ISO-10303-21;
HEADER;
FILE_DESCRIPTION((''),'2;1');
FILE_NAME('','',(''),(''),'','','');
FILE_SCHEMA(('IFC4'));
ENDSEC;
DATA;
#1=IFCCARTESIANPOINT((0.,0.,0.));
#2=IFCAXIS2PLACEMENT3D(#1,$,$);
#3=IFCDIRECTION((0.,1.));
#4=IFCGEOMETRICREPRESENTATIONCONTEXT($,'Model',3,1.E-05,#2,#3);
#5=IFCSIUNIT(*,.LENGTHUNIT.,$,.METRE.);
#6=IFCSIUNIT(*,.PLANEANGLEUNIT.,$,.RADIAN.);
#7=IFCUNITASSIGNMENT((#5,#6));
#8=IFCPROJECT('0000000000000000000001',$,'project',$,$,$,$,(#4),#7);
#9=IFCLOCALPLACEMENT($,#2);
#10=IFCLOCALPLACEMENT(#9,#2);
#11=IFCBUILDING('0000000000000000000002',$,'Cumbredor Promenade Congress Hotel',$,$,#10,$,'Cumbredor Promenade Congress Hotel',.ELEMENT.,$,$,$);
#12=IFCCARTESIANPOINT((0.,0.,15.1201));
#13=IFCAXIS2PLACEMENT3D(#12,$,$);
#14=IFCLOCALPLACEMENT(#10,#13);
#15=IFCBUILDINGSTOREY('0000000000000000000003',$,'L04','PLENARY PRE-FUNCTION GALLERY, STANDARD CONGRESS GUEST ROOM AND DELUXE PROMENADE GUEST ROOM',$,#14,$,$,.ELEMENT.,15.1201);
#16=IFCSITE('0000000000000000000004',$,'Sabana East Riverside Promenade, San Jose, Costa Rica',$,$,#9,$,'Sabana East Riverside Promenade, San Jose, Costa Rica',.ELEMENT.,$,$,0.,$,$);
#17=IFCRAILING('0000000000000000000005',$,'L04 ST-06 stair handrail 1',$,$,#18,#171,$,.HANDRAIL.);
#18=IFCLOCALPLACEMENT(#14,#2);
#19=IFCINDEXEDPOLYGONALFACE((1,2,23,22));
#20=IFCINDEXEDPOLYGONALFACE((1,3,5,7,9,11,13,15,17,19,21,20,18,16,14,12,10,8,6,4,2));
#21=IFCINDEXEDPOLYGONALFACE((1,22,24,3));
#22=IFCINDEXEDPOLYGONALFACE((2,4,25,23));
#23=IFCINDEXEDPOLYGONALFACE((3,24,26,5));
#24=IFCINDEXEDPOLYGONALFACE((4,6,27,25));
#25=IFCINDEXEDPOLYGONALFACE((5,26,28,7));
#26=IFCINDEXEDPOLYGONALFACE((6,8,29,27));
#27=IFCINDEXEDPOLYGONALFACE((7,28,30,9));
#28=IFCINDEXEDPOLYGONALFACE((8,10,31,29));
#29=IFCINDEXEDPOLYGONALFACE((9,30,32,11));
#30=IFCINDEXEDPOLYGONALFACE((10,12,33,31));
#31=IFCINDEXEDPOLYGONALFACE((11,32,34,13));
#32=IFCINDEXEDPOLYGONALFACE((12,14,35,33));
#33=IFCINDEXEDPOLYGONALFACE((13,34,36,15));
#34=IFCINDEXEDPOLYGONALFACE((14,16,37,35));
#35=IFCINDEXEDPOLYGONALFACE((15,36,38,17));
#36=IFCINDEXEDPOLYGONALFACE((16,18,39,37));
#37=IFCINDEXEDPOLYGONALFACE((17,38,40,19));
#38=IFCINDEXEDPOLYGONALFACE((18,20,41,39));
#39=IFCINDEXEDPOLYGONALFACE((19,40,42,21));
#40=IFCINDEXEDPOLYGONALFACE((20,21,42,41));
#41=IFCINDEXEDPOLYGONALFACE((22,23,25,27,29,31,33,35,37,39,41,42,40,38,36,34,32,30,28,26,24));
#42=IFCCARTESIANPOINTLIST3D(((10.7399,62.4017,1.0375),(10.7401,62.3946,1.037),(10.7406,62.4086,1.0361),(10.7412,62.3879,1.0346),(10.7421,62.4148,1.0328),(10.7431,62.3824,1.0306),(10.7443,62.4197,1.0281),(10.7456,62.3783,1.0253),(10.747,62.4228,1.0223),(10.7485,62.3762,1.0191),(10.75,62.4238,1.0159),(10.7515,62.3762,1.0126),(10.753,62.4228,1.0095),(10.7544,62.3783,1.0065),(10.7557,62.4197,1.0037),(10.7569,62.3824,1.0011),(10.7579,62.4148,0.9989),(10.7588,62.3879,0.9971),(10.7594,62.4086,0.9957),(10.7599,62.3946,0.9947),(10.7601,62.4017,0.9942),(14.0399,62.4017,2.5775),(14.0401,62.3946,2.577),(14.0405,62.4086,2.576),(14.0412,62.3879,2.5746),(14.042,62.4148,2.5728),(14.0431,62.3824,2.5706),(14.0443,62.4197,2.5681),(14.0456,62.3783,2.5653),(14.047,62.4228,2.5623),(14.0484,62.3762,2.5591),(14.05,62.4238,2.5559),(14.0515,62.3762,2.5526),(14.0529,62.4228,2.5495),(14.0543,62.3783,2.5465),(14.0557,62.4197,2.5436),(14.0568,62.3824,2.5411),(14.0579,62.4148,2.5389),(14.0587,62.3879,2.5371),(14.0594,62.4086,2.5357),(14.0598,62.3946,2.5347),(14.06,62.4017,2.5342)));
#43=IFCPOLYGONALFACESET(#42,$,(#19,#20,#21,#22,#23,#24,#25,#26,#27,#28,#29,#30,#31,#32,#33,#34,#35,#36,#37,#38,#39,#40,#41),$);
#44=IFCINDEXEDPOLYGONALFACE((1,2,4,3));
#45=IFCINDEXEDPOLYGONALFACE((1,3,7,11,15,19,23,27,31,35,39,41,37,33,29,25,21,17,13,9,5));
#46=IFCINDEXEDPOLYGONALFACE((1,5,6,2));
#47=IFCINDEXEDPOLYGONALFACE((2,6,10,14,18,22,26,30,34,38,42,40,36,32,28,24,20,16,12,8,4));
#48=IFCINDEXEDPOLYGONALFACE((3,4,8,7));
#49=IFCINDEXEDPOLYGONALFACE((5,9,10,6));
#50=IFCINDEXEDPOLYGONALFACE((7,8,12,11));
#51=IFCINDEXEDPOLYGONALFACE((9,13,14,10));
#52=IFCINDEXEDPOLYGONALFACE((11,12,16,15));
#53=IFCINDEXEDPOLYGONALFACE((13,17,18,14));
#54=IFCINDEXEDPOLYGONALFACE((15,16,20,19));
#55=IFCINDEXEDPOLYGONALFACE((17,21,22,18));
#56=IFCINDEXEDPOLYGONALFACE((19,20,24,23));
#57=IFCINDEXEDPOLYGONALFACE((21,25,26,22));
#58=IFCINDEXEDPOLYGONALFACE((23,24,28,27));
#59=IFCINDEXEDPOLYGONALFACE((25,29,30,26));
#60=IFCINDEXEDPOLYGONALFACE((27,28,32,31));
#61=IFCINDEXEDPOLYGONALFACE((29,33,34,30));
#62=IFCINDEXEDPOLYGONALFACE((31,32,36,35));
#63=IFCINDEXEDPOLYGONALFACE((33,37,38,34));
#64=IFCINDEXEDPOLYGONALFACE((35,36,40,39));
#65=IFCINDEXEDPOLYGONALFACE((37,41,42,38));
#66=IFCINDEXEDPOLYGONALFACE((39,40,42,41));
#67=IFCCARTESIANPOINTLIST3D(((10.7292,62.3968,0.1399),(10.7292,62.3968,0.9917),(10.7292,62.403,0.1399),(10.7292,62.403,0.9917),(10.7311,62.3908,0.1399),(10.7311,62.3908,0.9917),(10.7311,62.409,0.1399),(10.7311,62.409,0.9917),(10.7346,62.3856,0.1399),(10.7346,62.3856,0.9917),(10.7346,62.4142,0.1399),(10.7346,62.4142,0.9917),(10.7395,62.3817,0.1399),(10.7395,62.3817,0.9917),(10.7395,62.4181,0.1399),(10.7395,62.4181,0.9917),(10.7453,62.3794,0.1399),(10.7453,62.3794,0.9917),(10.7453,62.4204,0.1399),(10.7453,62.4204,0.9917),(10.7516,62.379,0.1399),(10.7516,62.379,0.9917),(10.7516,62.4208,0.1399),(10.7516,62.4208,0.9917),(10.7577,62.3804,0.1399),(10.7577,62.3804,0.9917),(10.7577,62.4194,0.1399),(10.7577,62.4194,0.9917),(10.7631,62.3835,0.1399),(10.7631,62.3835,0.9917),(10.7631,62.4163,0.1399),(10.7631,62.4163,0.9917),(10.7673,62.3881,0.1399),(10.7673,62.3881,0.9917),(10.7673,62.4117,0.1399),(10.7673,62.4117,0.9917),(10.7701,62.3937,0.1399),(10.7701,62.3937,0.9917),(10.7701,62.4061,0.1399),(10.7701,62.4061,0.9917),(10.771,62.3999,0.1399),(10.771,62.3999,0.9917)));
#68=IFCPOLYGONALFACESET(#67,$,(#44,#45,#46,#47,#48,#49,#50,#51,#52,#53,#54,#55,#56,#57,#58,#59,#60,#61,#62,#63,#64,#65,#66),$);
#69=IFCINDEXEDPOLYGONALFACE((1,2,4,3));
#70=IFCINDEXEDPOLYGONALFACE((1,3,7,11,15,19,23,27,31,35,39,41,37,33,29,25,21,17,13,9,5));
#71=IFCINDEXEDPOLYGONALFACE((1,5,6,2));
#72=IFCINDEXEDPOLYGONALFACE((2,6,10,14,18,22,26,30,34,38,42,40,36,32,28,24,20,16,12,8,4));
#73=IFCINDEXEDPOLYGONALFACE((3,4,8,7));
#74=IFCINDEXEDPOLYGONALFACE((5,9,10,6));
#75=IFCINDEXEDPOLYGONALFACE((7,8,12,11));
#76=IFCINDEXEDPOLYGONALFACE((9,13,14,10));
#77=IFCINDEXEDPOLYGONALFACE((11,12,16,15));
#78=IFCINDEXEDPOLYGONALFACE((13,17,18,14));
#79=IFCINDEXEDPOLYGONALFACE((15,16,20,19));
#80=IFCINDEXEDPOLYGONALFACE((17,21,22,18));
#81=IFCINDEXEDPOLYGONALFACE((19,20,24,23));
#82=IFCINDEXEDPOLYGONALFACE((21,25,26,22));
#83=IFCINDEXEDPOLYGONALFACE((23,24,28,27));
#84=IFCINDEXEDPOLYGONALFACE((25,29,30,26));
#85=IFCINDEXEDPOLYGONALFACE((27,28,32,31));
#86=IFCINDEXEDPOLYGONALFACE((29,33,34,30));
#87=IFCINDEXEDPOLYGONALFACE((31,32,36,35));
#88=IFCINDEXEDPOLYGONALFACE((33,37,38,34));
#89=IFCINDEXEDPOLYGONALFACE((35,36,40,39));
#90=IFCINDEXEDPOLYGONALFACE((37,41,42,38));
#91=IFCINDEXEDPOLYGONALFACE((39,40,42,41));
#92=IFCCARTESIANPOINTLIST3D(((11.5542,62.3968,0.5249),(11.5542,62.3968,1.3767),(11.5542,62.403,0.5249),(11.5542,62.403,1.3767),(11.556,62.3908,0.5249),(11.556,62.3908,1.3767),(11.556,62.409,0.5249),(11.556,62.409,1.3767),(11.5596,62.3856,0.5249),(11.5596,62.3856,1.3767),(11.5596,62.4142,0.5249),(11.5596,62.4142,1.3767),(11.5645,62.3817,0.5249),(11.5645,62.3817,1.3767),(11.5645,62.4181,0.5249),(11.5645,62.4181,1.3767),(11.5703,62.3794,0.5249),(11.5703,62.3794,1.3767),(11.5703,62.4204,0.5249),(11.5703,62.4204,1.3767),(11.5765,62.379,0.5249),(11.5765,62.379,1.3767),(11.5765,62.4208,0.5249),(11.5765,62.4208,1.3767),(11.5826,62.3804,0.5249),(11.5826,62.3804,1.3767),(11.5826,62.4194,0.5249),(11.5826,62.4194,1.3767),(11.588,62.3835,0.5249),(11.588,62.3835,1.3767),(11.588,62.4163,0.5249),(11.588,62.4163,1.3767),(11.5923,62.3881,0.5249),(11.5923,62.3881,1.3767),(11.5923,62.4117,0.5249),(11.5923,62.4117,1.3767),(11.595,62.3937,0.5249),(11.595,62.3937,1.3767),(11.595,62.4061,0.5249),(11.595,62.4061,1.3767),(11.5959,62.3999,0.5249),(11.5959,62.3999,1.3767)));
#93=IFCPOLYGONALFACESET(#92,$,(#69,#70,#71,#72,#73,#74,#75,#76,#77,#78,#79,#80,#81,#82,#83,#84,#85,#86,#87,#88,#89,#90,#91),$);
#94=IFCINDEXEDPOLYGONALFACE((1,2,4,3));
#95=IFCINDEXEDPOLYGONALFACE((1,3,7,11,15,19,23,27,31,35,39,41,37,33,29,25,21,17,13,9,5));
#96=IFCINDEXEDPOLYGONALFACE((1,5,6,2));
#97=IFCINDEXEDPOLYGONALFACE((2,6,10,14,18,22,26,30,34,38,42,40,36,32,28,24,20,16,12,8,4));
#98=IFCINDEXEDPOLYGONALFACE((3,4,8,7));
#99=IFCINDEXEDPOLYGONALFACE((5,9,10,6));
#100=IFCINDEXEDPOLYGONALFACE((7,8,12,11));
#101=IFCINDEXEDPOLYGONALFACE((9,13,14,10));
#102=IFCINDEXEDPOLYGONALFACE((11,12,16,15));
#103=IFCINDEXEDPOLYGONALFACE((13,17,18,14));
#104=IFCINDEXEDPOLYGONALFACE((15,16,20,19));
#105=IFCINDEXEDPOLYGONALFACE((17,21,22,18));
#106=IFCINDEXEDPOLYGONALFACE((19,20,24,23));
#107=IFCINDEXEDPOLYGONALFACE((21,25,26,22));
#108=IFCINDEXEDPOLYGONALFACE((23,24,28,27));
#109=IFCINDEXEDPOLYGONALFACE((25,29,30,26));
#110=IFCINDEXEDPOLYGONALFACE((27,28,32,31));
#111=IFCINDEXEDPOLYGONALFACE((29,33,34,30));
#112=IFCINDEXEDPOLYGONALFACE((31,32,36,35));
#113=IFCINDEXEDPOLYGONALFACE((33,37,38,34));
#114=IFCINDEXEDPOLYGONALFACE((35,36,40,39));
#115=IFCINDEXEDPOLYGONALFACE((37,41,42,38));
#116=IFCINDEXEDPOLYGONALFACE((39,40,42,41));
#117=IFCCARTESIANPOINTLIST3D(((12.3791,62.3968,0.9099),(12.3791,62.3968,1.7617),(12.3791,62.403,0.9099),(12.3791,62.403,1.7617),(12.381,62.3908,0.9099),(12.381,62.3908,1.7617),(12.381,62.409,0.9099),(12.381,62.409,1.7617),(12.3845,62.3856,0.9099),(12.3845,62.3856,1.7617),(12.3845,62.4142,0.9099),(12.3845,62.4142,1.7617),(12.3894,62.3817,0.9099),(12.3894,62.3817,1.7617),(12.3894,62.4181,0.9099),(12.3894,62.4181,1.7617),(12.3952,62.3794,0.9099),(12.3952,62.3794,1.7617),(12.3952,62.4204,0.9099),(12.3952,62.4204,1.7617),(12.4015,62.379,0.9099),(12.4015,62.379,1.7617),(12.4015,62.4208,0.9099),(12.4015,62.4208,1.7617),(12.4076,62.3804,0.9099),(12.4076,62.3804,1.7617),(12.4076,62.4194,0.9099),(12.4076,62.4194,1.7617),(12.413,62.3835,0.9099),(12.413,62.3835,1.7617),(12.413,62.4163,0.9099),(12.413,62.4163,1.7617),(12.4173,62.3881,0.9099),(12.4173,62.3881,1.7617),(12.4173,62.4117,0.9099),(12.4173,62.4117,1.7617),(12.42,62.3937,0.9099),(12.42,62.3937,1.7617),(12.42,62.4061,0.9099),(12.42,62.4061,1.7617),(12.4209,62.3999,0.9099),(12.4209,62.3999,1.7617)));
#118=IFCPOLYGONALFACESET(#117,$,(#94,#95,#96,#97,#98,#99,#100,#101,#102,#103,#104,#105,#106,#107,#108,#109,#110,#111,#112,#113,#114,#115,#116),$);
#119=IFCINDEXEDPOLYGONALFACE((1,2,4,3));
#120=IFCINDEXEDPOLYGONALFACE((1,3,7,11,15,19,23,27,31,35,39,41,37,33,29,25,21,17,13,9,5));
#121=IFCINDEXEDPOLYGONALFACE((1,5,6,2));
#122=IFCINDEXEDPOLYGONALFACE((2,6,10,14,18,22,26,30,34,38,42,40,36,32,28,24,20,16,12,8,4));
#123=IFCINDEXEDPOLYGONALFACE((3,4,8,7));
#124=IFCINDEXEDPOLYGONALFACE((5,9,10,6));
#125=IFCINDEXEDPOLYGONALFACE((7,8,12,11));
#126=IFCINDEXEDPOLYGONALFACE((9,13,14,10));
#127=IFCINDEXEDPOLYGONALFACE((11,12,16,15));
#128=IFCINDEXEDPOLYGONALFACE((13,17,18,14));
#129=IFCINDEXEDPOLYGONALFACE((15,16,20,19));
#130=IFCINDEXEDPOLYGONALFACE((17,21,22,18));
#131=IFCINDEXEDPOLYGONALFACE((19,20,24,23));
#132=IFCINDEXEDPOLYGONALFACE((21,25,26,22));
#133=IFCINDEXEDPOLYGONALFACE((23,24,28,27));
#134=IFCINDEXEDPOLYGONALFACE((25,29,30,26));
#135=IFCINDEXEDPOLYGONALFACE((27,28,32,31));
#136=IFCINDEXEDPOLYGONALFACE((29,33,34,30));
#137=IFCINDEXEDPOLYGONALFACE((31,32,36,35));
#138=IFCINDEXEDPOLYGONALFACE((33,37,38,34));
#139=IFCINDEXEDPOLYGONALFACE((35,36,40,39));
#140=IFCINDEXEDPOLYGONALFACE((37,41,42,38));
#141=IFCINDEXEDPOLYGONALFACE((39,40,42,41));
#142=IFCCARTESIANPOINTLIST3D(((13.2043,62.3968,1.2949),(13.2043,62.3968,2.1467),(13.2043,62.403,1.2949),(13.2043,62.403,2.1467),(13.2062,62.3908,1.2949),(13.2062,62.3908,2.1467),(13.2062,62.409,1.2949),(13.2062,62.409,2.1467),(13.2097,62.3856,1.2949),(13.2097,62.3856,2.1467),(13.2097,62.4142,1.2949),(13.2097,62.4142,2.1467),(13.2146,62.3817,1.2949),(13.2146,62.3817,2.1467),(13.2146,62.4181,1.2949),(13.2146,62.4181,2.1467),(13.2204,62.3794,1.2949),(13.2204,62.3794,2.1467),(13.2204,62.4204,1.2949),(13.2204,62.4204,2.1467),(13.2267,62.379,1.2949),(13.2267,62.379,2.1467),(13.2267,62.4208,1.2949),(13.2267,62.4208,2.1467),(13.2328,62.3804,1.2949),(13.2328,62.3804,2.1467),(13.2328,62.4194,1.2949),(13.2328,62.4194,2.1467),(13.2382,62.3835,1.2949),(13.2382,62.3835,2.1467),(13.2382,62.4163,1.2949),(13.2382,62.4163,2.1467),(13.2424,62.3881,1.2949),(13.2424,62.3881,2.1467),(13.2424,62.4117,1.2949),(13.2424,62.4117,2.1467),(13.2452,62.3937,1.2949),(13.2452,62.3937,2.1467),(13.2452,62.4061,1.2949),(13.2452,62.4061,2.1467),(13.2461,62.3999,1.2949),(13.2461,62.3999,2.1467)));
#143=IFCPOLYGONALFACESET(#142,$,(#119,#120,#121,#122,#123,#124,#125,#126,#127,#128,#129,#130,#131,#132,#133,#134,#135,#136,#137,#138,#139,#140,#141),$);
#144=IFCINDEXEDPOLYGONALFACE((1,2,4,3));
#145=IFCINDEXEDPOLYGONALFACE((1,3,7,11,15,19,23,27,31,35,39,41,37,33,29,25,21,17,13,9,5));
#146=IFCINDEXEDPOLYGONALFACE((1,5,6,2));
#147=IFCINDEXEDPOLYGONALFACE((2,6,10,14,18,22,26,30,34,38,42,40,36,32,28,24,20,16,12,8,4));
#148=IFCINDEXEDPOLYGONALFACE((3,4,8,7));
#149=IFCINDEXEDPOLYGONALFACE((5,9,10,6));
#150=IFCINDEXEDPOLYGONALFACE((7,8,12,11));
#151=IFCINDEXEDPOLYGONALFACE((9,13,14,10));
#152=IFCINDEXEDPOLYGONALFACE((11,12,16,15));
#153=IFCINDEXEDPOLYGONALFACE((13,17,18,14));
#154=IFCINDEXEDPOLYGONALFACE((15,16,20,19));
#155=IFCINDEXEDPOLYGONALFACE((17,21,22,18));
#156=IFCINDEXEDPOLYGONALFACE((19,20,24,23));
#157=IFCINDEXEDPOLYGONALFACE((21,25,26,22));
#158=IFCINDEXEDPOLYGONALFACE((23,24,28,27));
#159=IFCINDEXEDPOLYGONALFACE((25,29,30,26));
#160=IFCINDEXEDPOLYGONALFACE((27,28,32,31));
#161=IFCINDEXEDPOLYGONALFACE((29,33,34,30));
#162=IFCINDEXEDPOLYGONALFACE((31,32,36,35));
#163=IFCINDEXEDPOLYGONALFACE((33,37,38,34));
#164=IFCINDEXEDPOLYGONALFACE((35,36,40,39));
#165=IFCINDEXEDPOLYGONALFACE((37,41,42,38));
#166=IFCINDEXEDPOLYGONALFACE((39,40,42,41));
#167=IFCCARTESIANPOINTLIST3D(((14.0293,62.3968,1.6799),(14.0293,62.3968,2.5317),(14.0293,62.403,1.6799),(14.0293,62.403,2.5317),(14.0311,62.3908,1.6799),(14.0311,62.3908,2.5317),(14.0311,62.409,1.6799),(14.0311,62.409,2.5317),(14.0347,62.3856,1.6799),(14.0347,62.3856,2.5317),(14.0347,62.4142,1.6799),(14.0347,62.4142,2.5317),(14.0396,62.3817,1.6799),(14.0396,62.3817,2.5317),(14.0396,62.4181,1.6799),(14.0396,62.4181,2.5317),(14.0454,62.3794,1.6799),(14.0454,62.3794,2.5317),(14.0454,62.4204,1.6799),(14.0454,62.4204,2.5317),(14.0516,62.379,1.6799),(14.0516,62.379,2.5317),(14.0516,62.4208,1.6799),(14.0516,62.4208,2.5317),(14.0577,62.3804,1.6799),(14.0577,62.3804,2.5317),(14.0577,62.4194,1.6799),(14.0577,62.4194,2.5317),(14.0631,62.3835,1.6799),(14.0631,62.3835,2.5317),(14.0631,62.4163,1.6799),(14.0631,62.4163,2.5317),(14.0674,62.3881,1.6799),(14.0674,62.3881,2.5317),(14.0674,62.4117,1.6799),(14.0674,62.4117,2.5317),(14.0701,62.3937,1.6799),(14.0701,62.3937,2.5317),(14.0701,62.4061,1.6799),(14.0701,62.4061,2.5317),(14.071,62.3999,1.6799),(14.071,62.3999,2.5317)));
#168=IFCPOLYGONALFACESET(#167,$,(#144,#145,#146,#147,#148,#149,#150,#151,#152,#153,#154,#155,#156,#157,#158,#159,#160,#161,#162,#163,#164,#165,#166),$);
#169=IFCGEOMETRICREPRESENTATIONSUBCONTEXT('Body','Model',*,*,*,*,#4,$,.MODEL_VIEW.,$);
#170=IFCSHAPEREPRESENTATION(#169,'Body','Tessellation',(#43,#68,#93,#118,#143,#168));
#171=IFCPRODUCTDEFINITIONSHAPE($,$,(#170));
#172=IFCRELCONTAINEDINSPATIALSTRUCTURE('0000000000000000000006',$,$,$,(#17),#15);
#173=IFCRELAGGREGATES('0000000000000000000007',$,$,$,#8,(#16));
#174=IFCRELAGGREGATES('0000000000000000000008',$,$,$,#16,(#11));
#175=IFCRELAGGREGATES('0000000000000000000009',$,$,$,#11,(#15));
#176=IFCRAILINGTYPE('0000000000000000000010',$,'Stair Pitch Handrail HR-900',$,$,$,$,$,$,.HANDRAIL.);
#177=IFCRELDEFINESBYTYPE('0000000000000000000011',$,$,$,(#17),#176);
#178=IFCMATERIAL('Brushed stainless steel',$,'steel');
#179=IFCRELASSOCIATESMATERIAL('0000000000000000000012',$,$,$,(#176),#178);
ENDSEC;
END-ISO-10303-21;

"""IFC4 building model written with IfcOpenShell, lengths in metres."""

from ifc_helpers import new_model, si_unit, direction, frame, origin, origin_2d, place, context, subcontext, project, spatial, circle, extrude, material, type_object, element, save


model = new_model("IFC4")

# Units and contexts
model_context = context("Model", 3, precision=1e-05, world=origin(), true_north=direction((0.0, 1.0)))
body_context = subcontext(model_context, "Body", "Model", "MODEL_VIEW")
ifc_project = project(units=[si_unit("LENGTHUNIT", "METRE"), si_unit("PLANEANGLEUNIT", "RADIAN")], contexts=[model_context])

# Site, building, storey
site_placement = place(None, origin())
site = spatial("IfcSite", under=ifc_project, at=site_placement, Name="Sabana East Riverside Promenade, San Jose, Costa Rica", LongName="Sabana East Riverside Promenade, San Jose, Costa Rica", CompositionType="ELEMENT", RefElevation=0.0)
building_placement = place(site_placement, origin())
building = spatial("IfcBuilding", under=site, at=building_placement, Name="Cumbredor Promenade Congress Hotel", LongName="Cumbredor Promenade Congress Hotel", CompositionType="ELEMENT")
storey_placement = place(building_placement, frame((0.0, 0.0, 15.1201)))
storey = spatial("IfcBuildingStorey", under=building, at=storey_placement, Name="L04", Description="PLENARY PRE-FUNCTION GALLERY, STANDARD CONGRESS GUEST ROOM AND DELUXE PROMENADE GUEST ROOM", CompositionType="ELEMENT", Elevation=15.1201)

# Shared definitions
ifc_material_1 = material(Name="Brushed stainless steel", Category="steel")

# Railing
railing_type_1 = type_object("IfcRailingType", Name="Stair Pitch Handrail HR-900", PredefinedType="HANDRAIL", material=ifc_material_1)
railing_1_placement = place(storey_placement, frame((10.75, 62.3999, 0.1399)))
element("IfcRailing", 1, at=railing_1_placement, inside=storey, type_object=railing_type_1, Name="L04 ST-06 stair handrail 1", PredefinedType="HANDRAIL", context=body_context, shape_type="SweptSolid", body=[
    extrude(circle(Radius=0.0239, at=origin_2d()), frame((0.0, 0.0, 0.876), z_axis=(0.906181, 0.0, 0.422889), x_axis=(0.0, 1.0, 0.0)), (0.0, 0.0, 1.0), 3.6416),
    extrude(circle(Radius=0.021, at=origin_2d()), origin(), (0.0, 0.0, 1.0), 0.8518),
    extrude(circle(Radius=0.021, at=origin_2d()), frame((0.825, 0.0, 0.385)), (0.0, 0.0, 1.0), 0.8518),
    extrude(circle(Radius=0.021, at=origin_2d()), frame((1.6499, 0.0, 0.77)), (0.0, 0.0, 1.0), 0.8518),
    extrude(circle(Radius=0.021, at=origin_2d()), frame((2.4751, 0.0, 1.155)), (0.0, 0.0, 1.0), 0.8518),
    extrude(circle(Radius=0.021, at=origin_2d()), frame((3.3, 0.0, 1.54)), (0.0, 0.0, 1.0), 0.8518),
])

save(model, "model.ifc")
